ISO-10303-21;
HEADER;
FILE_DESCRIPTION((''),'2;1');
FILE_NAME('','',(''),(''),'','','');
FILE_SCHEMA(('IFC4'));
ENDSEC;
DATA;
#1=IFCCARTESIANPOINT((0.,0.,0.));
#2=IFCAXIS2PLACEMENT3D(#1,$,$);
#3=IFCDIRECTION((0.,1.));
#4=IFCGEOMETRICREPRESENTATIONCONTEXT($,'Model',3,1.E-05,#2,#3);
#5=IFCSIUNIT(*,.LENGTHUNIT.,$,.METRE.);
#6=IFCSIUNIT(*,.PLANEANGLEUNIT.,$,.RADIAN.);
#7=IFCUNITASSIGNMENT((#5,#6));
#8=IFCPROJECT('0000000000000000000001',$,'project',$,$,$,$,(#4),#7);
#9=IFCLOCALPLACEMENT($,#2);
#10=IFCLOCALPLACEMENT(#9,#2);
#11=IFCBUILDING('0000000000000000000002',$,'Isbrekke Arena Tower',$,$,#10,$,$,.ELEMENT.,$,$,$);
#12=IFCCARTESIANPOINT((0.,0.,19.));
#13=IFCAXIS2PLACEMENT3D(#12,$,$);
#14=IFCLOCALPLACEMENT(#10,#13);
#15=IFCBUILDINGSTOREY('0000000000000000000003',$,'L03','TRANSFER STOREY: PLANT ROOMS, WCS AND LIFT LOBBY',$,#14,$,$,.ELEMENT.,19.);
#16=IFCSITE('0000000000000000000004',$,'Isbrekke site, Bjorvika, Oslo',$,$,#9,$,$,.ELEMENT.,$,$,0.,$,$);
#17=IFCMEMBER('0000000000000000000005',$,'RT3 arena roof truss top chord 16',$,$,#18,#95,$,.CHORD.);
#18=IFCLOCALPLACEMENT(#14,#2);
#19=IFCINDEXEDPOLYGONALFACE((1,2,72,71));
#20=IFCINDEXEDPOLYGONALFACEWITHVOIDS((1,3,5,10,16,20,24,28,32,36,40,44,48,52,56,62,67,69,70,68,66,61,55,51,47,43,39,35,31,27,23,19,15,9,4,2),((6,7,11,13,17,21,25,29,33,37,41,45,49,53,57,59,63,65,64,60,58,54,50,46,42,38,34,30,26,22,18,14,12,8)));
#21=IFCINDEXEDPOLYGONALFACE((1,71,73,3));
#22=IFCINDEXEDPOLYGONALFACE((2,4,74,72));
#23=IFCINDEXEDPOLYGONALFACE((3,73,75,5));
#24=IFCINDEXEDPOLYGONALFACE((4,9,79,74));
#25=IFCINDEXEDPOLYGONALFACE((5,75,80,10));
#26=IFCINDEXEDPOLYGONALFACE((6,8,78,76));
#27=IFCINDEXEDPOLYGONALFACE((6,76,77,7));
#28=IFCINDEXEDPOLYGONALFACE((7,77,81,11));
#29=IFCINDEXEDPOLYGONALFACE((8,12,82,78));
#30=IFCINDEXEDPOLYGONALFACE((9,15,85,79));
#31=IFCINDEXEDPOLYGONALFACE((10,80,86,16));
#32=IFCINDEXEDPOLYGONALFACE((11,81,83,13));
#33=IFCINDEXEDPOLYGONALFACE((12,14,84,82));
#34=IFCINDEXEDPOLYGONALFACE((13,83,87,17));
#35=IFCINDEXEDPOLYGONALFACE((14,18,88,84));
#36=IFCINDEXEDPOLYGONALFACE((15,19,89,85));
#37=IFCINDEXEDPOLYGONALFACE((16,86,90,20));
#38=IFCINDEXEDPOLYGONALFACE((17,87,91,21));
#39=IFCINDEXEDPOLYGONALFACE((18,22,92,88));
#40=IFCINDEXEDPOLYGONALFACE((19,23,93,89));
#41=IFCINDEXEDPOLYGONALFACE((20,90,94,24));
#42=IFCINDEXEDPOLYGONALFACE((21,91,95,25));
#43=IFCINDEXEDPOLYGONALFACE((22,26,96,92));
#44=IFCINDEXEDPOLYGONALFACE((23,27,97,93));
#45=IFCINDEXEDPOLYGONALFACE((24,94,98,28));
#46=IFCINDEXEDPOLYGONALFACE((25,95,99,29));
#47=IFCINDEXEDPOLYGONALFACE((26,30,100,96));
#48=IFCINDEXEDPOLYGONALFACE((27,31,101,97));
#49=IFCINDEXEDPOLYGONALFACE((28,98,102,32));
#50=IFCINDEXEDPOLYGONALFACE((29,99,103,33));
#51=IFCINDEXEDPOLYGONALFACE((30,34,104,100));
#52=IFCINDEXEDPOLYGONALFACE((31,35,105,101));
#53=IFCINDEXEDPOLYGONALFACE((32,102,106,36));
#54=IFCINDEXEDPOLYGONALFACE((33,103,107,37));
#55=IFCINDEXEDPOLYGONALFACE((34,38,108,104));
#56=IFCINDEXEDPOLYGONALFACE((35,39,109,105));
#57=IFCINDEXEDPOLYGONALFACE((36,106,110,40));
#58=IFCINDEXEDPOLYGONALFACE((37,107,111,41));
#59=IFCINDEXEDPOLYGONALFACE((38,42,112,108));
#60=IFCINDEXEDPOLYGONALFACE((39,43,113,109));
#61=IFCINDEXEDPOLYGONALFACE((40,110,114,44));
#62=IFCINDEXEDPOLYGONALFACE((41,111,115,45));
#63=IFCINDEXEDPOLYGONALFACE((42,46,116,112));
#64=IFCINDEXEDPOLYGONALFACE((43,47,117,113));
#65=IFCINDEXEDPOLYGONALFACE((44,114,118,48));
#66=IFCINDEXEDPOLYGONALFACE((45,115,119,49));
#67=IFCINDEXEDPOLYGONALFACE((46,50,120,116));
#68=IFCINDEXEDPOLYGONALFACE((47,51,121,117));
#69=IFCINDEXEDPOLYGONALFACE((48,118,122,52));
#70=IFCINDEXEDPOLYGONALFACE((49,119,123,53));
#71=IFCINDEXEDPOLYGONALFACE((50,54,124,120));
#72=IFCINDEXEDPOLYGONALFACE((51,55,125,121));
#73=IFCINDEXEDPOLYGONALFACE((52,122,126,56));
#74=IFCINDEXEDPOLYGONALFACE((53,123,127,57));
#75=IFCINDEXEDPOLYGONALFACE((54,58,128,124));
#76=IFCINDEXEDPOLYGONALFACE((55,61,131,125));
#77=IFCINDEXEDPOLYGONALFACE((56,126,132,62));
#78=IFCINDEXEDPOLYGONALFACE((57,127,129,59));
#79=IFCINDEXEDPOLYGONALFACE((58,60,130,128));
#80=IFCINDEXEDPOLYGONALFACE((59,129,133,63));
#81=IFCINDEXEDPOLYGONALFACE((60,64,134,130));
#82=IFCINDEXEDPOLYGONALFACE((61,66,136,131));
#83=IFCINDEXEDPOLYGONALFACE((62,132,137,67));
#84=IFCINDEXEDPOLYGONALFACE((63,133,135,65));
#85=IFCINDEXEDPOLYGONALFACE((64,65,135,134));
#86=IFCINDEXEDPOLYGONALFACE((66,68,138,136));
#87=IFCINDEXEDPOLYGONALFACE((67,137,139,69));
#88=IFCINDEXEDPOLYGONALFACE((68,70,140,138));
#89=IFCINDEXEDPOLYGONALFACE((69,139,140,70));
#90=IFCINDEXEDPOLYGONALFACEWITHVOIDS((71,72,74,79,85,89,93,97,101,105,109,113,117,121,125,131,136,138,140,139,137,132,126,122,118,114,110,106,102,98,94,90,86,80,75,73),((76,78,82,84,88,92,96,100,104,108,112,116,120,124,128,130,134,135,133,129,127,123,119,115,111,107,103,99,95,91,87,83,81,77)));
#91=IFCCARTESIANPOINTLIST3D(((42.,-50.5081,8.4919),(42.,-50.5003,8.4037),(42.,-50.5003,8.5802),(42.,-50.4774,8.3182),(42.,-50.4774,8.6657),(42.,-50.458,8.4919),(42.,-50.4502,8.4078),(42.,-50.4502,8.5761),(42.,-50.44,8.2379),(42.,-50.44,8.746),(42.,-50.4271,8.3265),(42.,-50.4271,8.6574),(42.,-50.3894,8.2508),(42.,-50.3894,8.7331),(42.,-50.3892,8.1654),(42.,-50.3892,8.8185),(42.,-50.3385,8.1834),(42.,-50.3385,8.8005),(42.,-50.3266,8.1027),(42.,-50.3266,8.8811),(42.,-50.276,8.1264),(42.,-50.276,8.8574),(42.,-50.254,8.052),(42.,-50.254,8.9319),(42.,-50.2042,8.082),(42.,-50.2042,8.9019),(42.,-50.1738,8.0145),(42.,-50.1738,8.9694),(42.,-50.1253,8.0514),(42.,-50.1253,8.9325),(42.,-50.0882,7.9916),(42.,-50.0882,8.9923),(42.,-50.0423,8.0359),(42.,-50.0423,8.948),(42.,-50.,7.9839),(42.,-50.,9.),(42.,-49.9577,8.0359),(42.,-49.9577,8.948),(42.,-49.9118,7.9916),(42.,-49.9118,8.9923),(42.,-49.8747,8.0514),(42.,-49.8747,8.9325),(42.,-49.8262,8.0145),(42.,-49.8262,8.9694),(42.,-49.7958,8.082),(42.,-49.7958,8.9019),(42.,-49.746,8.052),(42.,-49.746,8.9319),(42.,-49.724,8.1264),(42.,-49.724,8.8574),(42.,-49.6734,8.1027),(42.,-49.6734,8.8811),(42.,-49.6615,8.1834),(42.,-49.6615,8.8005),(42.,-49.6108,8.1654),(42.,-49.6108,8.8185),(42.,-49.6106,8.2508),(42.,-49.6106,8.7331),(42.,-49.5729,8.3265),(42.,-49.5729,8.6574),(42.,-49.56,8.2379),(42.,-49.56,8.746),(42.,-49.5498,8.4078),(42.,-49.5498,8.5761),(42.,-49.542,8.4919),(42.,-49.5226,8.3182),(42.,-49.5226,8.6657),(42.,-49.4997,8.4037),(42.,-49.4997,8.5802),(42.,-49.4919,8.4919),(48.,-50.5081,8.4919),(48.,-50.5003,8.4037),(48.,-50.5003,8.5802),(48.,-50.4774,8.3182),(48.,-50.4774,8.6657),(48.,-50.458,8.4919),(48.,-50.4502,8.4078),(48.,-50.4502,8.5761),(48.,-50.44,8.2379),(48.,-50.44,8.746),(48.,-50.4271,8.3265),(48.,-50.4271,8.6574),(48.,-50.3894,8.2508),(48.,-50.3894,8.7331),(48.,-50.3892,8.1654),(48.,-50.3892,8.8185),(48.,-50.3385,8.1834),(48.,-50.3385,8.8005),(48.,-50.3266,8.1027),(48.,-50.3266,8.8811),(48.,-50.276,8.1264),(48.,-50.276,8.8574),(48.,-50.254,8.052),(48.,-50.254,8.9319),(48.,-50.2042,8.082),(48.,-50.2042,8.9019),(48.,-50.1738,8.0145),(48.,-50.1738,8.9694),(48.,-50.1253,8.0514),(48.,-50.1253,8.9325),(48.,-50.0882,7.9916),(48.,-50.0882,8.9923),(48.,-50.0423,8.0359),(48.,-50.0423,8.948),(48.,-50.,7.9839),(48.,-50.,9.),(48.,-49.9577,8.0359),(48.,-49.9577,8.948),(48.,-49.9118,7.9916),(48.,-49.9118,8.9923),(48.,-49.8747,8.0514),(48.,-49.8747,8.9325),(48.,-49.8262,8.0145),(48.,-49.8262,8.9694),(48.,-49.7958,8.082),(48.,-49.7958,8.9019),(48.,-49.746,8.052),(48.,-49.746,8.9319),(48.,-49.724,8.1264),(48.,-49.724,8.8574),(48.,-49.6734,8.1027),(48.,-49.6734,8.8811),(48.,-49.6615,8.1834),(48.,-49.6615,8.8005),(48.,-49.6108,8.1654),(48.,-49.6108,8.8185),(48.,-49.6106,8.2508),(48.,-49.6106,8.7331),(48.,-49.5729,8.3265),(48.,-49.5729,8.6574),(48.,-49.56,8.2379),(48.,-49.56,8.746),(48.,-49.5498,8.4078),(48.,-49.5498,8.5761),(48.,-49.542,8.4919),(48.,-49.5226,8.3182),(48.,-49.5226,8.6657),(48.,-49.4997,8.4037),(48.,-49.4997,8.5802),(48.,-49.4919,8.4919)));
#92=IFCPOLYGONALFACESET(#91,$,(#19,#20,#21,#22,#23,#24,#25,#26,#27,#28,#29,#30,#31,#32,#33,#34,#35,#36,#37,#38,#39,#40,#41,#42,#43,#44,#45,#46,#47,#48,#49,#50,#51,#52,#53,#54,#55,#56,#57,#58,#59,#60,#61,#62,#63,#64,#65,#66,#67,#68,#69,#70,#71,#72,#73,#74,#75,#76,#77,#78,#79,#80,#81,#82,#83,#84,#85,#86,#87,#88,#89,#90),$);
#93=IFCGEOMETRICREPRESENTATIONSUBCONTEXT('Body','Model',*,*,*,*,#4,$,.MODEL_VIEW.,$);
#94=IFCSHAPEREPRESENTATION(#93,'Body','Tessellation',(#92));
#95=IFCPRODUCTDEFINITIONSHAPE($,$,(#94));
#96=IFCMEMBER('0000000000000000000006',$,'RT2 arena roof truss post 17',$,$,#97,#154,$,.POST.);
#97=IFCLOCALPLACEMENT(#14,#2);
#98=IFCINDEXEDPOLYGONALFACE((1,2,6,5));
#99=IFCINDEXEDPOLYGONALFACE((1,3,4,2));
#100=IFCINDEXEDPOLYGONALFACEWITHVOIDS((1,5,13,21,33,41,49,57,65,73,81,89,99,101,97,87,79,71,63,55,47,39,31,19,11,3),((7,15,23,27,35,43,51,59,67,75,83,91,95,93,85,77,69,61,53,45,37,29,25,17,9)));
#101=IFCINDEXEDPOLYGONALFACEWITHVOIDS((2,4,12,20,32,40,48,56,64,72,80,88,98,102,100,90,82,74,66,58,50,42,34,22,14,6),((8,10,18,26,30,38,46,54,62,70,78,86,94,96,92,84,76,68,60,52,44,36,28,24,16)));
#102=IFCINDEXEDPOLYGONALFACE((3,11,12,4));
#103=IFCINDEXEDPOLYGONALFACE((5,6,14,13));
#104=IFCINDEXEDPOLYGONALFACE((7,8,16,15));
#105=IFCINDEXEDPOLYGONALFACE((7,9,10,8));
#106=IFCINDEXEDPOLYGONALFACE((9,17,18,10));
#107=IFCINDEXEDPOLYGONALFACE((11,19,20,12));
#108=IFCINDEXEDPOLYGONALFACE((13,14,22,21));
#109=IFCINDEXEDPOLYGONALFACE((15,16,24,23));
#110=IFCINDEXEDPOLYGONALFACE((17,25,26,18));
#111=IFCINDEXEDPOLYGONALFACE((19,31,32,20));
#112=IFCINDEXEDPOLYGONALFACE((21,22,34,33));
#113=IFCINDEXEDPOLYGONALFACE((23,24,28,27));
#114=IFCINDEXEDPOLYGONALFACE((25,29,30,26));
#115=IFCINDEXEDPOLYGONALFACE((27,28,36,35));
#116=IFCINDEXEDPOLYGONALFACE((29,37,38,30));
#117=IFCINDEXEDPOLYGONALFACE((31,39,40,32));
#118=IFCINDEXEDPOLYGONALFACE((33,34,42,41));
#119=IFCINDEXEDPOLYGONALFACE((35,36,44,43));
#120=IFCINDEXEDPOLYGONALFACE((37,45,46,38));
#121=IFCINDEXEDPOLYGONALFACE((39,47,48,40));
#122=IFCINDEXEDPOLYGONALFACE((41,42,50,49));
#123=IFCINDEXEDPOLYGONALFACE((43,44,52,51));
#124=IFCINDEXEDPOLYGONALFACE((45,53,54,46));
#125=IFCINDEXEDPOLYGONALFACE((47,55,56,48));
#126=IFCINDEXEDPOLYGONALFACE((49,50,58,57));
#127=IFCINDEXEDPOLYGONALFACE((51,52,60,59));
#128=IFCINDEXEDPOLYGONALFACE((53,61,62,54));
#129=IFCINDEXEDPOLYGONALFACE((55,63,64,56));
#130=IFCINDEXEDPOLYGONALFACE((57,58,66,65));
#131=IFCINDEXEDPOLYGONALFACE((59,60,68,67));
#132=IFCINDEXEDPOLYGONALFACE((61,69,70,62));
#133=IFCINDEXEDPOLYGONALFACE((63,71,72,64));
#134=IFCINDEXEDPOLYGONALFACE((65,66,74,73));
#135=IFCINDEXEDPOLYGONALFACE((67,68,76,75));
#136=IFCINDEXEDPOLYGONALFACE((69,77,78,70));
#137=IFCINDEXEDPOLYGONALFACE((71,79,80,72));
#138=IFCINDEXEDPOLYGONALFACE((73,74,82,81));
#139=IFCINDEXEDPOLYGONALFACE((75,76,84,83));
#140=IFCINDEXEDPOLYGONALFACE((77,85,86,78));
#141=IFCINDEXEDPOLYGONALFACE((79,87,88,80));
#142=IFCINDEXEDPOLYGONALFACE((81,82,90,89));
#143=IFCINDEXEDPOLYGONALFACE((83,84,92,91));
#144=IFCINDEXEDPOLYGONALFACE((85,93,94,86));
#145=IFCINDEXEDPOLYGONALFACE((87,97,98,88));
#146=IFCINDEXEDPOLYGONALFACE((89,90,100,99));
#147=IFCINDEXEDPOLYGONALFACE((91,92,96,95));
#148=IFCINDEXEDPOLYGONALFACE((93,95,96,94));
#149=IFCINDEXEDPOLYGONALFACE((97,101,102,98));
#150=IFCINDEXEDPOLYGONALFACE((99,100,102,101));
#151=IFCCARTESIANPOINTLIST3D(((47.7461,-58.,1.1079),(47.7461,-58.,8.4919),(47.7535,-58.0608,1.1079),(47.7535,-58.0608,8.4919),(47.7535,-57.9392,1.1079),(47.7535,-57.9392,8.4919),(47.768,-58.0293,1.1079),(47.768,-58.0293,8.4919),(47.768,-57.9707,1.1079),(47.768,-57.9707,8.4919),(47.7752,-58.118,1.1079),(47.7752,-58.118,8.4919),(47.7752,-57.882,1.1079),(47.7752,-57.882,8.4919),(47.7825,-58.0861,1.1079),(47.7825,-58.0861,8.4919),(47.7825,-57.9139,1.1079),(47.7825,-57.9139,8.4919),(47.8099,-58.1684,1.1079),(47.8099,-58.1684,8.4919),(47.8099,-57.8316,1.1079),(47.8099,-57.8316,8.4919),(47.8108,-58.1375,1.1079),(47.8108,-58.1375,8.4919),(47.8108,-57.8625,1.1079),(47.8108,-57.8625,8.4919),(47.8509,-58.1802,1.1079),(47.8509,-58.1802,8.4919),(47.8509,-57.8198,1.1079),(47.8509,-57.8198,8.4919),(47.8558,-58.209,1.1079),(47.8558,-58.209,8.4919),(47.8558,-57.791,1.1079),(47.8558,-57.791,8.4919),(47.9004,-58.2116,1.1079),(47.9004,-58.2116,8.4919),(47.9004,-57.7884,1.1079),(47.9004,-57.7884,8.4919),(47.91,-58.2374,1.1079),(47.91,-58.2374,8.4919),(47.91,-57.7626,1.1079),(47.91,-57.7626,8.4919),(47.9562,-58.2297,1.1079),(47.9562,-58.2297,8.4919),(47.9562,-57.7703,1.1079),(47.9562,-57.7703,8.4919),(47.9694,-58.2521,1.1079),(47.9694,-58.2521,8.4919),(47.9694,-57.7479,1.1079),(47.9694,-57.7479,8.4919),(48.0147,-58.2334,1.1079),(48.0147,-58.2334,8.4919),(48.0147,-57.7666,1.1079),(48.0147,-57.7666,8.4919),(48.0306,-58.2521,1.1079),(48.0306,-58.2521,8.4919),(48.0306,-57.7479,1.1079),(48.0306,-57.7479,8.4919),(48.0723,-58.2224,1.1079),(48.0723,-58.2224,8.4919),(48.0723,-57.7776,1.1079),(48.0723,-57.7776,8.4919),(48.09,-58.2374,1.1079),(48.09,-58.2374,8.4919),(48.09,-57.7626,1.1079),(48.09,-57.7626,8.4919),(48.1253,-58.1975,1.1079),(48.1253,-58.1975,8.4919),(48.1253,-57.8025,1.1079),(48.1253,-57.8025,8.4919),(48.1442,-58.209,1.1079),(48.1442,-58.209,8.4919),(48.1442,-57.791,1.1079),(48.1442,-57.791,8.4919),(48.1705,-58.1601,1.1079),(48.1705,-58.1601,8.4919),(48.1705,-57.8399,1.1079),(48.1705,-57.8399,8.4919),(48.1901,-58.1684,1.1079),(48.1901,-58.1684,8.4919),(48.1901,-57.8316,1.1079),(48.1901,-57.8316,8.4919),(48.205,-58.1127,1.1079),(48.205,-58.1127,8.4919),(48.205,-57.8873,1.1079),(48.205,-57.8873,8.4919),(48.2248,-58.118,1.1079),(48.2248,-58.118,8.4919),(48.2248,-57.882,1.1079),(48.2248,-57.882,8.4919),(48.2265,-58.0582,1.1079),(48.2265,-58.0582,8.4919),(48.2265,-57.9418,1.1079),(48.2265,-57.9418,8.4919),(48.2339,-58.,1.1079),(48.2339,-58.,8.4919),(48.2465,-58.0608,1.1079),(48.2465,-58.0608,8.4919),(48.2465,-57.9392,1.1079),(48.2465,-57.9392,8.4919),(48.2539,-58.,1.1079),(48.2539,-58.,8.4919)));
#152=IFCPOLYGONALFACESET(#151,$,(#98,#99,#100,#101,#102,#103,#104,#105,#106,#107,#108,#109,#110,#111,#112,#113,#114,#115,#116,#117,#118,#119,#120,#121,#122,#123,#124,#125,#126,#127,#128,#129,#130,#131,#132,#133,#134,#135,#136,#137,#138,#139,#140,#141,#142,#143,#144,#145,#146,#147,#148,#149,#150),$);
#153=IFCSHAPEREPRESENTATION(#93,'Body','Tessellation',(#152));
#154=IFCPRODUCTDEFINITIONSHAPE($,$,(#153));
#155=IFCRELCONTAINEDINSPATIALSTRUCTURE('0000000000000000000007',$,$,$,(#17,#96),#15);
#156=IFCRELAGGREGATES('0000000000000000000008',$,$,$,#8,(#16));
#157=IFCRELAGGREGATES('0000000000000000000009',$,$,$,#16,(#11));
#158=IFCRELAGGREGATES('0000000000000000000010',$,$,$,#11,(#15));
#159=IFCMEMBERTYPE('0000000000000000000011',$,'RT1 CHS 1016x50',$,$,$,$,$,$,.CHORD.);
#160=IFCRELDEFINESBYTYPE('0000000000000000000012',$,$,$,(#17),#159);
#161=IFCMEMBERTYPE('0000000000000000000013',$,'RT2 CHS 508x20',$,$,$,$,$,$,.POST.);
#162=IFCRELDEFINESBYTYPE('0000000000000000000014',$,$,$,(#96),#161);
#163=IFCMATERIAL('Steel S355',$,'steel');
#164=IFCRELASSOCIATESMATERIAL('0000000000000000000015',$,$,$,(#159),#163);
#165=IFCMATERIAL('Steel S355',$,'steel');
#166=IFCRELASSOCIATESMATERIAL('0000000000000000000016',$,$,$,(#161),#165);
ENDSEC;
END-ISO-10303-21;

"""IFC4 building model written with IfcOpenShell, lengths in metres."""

from ifc_helpers import new_model, si_unit, direction, frame, origin, origin_2d, place, context, subcontext, project, spatial, hollow_circle, extrude, material, material_profile, profile_set, type_object, element, save


model = new_model("IFC4")

# Units and contexts
model_context = context("Model", 3, precision=1e-05, world=origin(), true_north=direction((0.0, 1.0)))
body_context = subcontext(model_context, "Body", "Model", "MODEL_VIEW")
ifc_project = project(units=[si_unit("LENGTHUNIT", "METRE"), si_unit("PLANEANGLEUNIT", "RADIAN")], contexts=[model_context])

# Site, building, storey
site_placement = place(None, origin())
site = spatial("IfcSite", under=ifc_project, at=site_placement, Name="Isbrekke site, Bjorvika, Oslo", CompositionType="ELEMENT", RefElevation=0.0)
building_placement = place(site_placement, origin())
building = spatial("IfcBuilding", under=site, at=building_placement, Name="Isbrekke Arena Tower", CompositionType="ELEMENT")
storey_placement = place(building_placement, frame((0.0, 0.0, 19.0)))
storey = spatial("IfcBuildingStorey", under=building, at=storey_placement, Name="L03", Description="TRANSFER STOREY: PLANT ROOMS, WCS AND LIFT LOBBY", CompositionType="ELEMENT", Elevation=19.0)

# Members
ifc_material_1 = material(Name="Steel S355", Category="steel")
ifc_material_profile_1 = material_profile(ifc_material_1, hollow_circle(Radius=0.5081, WallThickness=0.05, at=origin_2d()), Name="CHS 1016x50")
ifc_profile_set_1 = profile_set([ifc_material_profile_1], Name="Steel S355")
member_type_1 = type_object("IfcMemberType", Name="RT1 CHS 1016x50", PredefinedType="CHORD", material=ifc_profile_set_1)
for number, where, z_axis, x_axis, name in (
    (1, (42.0, -50.0, 8.4919), (1.0, 0.0, 0.0), (0.0, 1.0, 0.0), "RT3 arena roof truss top chord 16"),
):
    element("IfcMember", number, at=place(storey_placement, frame(where, z_axis=z_axis, x_axis=x_axis)), inside=storey, type_object=member_type_1, Name=name, PredefinedType="CHORD", context=body_context, shape_type="SweptSolid", body=[
        extrude(hollow_circle(Radius=0.5081, WallThickness=0.05, at=origin_2d()), origin(), (0.0, 0.0, 1.0), 6.0),
    ])
ifc_material_2 = material(Name="Steel S355", Category="steel")
ifc_material_profile_2 = material_profile(ifc_material_2, hollow_circle(Radius=0.2539, WallThickness=0.02, at=origin_2d()), Name="CHS 508x20")
ifc_profile_set_2 = profile_set([ifc_material_profile_2], Name="Steel S355")
member_type_2 = type_object("IfcMemberType", Name="RT2 CHS 508x20", PredefinedType="POST", material=ifc_profile_set_2)
for number, where, z_axis, x_axis, name in (
    (2, (48.0, -58.0, 1.1079), (0.0, 0.0, 1.0), (1.0, 0.0, 0.0), "RT2 arena roof truss post 17"),
):
    element("IfcMember", number, at=place(storey_placement, frame(where, z_axis=z_axis, x_axis=x_axis)), inside=storey, type_object=member_type_2, Name=name, PredefinedType="POST", context=body_context, shape_type="SweptSolid", body=[
        extrude(hollow_circle(Radius=0.2539, WallThickness=0.02, at=origin_2d()), origin(), (0.0, 0.0, 1.0), 7.384),
    ])

save(model, "model.ifc")
